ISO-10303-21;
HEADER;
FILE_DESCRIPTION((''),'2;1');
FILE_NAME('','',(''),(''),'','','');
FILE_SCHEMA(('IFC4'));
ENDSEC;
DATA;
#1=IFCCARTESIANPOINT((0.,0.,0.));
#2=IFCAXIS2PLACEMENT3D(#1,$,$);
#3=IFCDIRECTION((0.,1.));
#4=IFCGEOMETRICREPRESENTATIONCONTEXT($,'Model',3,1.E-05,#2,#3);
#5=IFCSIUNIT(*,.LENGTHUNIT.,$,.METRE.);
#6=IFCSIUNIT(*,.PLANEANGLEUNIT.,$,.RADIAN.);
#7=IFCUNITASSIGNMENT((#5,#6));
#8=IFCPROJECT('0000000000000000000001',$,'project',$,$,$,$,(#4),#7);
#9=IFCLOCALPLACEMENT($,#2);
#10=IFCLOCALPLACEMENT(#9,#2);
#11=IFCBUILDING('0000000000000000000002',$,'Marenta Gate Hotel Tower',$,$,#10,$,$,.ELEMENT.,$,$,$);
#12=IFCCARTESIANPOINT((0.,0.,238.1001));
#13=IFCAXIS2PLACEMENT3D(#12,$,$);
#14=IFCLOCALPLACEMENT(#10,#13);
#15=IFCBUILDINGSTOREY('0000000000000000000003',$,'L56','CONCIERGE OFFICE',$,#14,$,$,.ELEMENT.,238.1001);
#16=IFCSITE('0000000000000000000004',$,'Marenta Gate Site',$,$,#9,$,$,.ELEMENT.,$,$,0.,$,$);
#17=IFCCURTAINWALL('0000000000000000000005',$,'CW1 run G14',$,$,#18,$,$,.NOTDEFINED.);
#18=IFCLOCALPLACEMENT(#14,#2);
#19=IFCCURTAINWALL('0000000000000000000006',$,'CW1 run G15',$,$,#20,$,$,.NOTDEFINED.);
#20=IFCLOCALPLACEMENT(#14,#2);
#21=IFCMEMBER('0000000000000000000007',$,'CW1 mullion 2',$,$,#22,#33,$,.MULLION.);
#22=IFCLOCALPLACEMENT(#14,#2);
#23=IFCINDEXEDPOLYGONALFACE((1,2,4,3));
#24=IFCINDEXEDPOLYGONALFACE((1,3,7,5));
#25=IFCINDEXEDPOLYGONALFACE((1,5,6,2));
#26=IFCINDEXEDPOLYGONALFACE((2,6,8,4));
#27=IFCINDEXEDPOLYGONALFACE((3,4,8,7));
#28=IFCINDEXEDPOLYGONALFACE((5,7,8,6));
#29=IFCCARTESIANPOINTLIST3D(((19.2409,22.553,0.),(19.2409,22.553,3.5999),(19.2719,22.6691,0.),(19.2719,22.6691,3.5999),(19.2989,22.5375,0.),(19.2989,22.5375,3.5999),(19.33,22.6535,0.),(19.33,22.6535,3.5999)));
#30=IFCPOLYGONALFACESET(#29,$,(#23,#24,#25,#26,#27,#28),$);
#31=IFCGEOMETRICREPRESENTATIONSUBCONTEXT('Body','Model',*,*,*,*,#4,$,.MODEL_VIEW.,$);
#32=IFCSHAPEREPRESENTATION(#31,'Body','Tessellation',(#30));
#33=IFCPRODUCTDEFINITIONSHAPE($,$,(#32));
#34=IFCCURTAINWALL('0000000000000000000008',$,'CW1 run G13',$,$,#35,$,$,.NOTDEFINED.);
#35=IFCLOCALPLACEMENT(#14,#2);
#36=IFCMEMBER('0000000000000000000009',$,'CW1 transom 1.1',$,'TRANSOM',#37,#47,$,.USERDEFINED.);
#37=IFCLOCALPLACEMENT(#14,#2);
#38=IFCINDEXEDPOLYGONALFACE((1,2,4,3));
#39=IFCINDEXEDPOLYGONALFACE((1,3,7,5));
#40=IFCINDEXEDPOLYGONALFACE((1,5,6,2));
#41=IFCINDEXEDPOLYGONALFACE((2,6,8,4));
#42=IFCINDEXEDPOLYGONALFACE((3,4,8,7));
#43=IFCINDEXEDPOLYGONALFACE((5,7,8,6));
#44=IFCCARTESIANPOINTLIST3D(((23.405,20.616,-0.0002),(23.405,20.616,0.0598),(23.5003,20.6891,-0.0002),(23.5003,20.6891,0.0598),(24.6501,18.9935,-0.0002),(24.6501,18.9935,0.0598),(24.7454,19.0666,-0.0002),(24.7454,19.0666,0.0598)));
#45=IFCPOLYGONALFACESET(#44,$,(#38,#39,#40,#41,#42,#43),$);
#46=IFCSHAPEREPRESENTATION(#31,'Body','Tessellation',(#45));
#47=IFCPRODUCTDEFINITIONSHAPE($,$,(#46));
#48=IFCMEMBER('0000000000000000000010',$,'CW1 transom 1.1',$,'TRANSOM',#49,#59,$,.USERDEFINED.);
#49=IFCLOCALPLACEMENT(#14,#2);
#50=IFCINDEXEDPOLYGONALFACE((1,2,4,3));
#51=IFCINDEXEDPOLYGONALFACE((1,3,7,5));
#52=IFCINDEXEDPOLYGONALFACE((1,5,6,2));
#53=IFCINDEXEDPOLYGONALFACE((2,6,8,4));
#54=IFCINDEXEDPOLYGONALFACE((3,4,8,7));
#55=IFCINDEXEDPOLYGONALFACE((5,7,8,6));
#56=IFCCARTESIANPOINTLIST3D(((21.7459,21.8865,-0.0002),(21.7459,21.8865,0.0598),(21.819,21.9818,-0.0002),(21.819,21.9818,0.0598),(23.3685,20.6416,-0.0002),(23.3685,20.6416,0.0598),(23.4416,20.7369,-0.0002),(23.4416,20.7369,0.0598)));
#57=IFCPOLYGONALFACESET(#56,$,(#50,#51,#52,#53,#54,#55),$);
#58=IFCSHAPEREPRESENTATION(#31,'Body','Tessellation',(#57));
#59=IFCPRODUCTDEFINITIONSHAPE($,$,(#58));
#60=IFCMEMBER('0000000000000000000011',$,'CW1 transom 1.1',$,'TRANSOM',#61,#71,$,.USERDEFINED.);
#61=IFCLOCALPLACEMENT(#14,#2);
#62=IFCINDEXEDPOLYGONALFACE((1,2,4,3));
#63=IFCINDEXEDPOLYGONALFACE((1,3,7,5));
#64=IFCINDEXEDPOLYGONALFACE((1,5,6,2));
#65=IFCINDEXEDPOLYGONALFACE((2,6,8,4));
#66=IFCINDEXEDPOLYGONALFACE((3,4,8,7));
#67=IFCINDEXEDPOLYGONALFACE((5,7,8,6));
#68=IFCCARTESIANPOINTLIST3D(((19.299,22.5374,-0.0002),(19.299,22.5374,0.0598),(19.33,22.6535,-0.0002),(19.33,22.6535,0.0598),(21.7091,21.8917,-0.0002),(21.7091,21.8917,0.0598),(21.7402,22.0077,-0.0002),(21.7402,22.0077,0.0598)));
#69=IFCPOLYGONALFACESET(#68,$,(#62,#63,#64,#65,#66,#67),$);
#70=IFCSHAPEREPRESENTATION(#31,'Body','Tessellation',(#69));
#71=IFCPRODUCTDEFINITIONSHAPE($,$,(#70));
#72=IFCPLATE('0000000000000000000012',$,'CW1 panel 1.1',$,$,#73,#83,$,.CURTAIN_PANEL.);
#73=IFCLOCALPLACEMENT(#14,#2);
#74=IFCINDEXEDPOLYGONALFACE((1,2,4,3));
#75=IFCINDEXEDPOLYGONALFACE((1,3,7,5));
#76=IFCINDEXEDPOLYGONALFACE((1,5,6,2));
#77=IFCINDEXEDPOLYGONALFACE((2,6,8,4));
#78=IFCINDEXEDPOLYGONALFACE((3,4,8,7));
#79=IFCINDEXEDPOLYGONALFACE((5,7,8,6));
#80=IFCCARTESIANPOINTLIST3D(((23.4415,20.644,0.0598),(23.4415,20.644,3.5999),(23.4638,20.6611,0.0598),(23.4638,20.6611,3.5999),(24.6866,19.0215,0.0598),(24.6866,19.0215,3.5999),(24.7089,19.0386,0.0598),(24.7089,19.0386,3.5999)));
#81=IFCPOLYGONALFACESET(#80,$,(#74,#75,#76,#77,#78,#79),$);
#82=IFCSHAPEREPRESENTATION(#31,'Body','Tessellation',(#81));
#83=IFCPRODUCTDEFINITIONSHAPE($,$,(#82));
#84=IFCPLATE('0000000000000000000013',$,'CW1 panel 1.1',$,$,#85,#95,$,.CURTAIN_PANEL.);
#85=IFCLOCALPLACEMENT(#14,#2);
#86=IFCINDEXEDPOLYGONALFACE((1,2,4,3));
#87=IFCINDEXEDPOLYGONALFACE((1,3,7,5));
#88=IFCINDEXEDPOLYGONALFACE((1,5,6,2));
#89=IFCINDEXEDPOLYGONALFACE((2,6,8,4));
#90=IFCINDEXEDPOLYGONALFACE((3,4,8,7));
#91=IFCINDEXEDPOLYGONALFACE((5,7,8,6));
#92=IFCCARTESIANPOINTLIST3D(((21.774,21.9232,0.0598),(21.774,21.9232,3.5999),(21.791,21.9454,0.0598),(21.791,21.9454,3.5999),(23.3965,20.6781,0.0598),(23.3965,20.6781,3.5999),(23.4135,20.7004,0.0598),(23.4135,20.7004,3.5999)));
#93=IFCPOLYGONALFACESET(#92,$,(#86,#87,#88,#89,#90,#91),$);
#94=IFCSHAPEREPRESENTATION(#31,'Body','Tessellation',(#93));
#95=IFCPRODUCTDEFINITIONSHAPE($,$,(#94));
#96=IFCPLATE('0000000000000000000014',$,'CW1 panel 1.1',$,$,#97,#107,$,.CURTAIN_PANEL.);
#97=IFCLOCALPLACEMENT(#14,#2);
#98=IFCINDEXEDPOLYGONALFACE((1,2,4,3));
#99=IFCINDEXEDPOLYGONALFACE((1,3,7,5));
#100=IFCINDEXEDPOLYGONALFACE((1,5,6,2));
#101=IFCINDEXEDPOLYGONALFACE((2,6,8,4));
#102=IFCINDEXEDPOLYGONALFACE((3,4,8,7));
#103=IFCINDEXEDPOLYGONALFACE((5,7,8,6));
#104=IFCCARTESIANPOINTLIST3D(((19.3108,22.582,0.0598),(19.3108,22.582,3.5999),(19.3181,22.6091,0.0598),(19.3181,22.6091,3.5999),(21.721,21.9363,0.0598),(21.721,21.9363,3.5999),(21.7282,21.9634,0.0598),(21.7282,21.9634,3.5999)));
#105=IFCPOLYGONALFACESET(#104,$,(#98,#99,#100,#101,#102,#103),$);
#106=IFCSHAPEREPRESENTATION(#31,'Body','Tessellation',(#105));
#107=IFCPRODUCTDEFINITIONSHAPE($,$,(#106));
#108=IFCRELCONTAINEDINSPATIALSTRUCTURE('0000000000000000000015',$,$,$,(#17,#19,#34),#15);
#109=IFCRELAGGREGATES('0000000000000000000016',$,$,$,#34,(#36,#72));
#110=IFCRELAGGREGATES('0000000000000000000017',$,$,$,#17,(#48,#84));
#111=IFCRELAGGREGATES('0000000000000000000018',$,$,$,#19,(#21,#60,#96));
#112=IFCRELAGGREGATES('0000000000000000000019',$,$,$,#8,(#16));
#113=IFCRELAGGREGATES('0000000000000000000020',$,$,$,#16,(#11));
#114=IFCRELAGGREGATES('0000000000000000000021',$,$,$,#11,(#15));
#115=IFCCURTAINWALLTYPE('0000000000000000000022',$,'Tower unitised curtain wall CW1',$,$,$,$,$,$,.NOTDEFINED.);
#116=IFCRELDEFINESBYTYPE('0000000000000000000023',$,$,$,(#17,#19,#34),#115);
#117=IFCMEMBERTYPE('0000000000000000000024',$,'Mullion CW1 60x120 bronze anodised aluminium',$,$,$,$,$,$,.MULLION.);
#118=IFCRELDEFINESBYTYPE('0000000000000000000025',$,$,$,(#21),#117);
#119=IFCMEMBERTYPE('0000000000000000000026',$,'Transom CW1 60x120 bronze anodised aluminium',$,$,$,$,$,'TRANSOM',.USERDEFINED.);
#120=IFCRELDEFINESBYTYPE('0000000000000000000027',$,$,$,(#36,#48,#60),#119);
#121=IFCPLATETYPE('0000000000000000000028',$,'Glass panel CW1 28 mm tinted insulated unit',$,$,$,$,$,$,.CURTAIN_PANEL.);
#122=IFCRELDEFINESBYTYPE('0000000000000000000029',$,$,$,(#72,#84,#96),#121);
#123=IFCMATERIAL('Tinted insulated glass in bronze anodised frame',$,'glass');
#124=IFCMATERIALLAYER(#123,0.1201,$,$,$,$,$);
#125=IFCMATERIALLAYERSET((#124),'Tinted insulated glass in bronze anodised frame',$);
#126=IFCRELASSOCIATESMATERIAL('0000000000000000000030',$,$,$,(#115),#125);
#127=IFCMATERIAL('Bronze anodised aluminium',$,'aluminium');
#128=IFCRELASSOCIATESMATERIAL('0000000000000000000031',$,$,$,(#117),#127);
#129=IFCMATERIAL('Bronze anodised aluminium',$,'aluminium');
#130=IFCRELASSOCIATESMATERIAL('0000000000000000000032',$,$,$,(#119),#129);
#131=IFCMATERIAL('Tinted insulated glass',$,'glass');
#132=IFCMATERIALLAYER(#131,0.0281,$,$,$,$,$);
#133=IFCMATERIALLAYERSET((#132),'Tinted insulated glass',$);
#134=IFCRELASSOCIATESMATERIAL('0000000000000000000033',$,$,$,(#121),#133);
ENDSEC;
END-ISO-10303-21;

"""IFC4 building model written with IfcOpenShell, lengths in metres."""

from ifc_helpers import new_model, si_unit, direction, frame, origin, origin_2d, place, context, subcontext, project, spatial, rectangle, extrude, material, layer, layer_set, material_profile, profile_set, type_object, element, aggregate, save


model = new_model("IFC4")

# Units and contexts
model_context = context("Model", 3, precision=1e-05, world=origin(), true_north=direction((0.0, 1.0)))
body_context = subcontext(model_context, "Body", "Model", "MODEL_VIEW")
ifc_project = project(units=[si_unit("LENGTHUNIT", "METRE"), si_unit("PLANEANGLEUNIT", "RADIAN")], contexts=[model_context])

# Site, building, storey
site_placement = place(None, origin())
site = spatial("IfcSite", under=ifc_project, at=site_placement, Name="Marenta Gate Site", CompositionType="ELEMENT", RefElevation=0.0)
building_placement = place(site_placement, origin())
building = spatial("IfcBuilding", under=site, at=building_placement, Name="Marenta Gate Hotel Tower", CompositionType="ELEMENT")
storey_placement = place(building_placement, frame((0.0, 0.0, 238.1001)))
storey = spatial("IfcBuildingStorey", under=building, at=storey_placement, Name="L56", Description="CONCIERGE OFFICE", CompositionType="ELEMENT", Elevation=238.1001)

# Curtain wall
ifc_material_1 = material(Name="Tinted insulated glass in bronze anodised frame", Category="glass")
ifc_layer_1 = layer(ifc_material_1, 0.1201)
ifc_layer_set_1 = layer_set([ifc_layer_1], Name="Tinted insulated glass in bronze anodised frame")
curtain_wall_type = type_object("IfcCurtainWallType", Name="Tower unitised curtain wall CW1", PredefinedType="NOTDEFINED", material=ifc_layer_set_1)
curtain_wall_1_placement = place(storey_placement, origin())
curtain_wall_1 = element("IfcCurtainWall", 1, at=curtain_wall_1_placement, inside=storey, type_object=curtain_wall_type, Name="CW1 run G14", PredefinedType="NOTDEFINED")
ifc_material_2 = material(Name="Bronze anodised aluminium", Category="aluminium")
ifc_material_profile_1 = material_profile(ifc_material_2, rectangle(XDim=0.1201, YDim=0.0601, at=origin_2d()), Name="Mullion CW1 60x120 bronze anodised aluminium")
ifc_profile_set_1 = profile_set([ifc_material_profile_1], Name="Bronze anodised aluminium")
member_type_1 = type_object("IfcMemberType", Name="Mullion CW1 60x120 bronze anodised aluminium", PredefinedType="MULLION", material=ifc_profile_set_1)

# Curtain wall, member
curtain_wall_2_placement = place(storey_placement, origin())
curtain_wall_2 = element("IfcCurtainWall", 2, at=curtain_wall_2_placement, inside=storey, type_object=curtain_wall_type, Name="CW1 run G15", PredefinedType="NOTDEFINED")
member_1_placement = place(storey_placement, frame((19.2854, 22.6033, 0.0), z_axis=(0.0, 0.0, 1.0), x_axis=(-0.258805, -0.96593, 0.0)))
member_1 = element("IfcMember", 3, at=member_1_placement, type_object=member_type_1, Name="CW1 mullion 2", PredefinedType="MULLION", context=body_context, shape_type="SweptSolid", body=[
    extrude(rectangle(XDim=0.1201, YDim=0.0601, at=origin_2d()), origin(), (0.0, 0.0, 1.0), 3.5999),
])

# Curtain wall, member
curtain_wall_3_placement = place(storey_placement, origin())
curtain_wall_3 = element("IfcCurtainWall", 4, at=curtain_wall_3_placement, inside=storey, type_object=curtain_wall_type, Name="CW1 run G13", PredefinedType="NOTDEFINED")
ifc_material_3 = material(Name="Bronze anodised aluminium", Category="aluminium")
ifc_material_profile_2 = material_profile(ifc_material_3, rectangle(XDim=0.1201, YDim=0.0601, at=origin_2d()), Name="Transom CW1 60x120 bronze anodised aluminium")
ifc_profile_set_2 = profile_set([ifc_material_profile_2], Name="Bronze anodised aluminium")
member_type_2 = type_object("IfcMemberType", Name="Transom CW1 60x120 bronze anodised aluminium", ElementType="TRANSOM", PredefinedType="USERDEFINED", material=ifc_profile_set_2)
member_2_placement = place(storey_placement, frame((24.6978, 19.03, 0.0298), z_axis=(-0.608787, 0.793333, 0.0), x_axis=(-0.793333, -0.608787, 0.0)))
member_2 = element("IfcMember", 5, at=member_2_placement, type_object=member_type_2, Name="CW1 transom 1.1", ObjectType="TRANSOM", PredefinedType="USERDEFINED", context=body_context, shape_type="SweptSolid", body=[
    extrude(rectangle(XDim=0.1201, YDim=0.0601, at=origin_2d()), origin(), (0.0, 0.0, 1.0), 2.0452),
])

# Members
member_3_placement = place(storey_placement, frame((23.405, 20.6892, 0.0298), z_axis=(-0.793391, 0.608712, 0.0), x_axis=(-0.608712, -0.793391, 0.0)))
member_3 = element("IfcMember", 6, at=member_3_placement, type_object=member_type_2, Name="CW1 transom 1.1", ObjectType="TRANSOM", PredefinedType="USERDEFINED", context=body_context, shape_type="SweptSolid", body=[
    extrude(rectangle(XDim=0.1201, YDim=0.0601, at=origin_2d()), origin(), (0.0, 0.0, 1.0), 2.0452),
])
member_4_placement = place(storey_placement, frame((21.7246, 21.9497, 0.0298), z_axis=(-0.965931, 0.258801, 0.0), x_axis=(-0.258801, -0.965931, 0.0)))
member_4 = element("IfcMember", 7, at=member_4_placement, type_object=member_type_2, Name="CW1 transom 1.1", ObjectType="TRANSOM", PredefinedType="USERDEFINED", context=body_context, shape_type="SweptSolid", body=[
    extrude(rectangle(XDim=0.1201, YDim=0.0601, at=origin_2d()), origin(), (0.0, 0.0, 1.0), 2.4951),
])

# Plates
ifc_material_4 = material(Name="Tinted insulated glass", Category="glass")
ifc_layer_2 = layer(ifc_material_4, 0.0281)
ifc_layer_set_2 = layer_set([ifc_layer_2], Name="Tinted insulated glass")
plate_type = type_object("IfcPlateType", Name="Glass panel CW1 28 mm tinted insulated unit", PredefinedType="CURTAIN_PANEL", material=ifc_layer_set_2)
plate_1_placement = place(storey_placement, frame((24.0752, 19.8413, 0.0598), z_axis=(0.0, 0.0, 1.0), x_axis=(-0.608787, 0.793333, 0.0)))
plate_1 = element("IfcPlate", 8, at=plate_1_placement, type_object=plate_type, Name="CW1 panel 1.1", PredefinedType="CURTAIN_PANEL", context=body_context, shape_type="SweptSolid", body=[
    extrude(rectangle(XDim=2.0452, YDim=0.0281, at=origin_2d()), origin(), (0.0, 0.0, 1.0), 3.54),
])
aggregate(curtain_wall_3, [member_2, plate_1])
plate_2_placement = place(storey_placement, frame((22.5938, 21.3118, 0.0598), z_axis=(0.0, 0.0, 1.0), x_axis=(-0.793333, 0.608787, 0.0)))
plate_2 = element("IfcPlate", 9, at=plate_2_placement, type_object=plate_type, Name="CW1 panel 1.1", PredefinedType="CURTAIN_PANEL", context=body_context, shape_type="SweptSolid", body=[
    extrude(rectangle(XDim=2.0452, YDim=0.0281, at=origin_2d()), origin(), (0.0, 0.0, 1.0), 3.54),
])
aggregate(curtain_wall_1, [member_3, plate_2])
plate_3_placement = place(storey_placement, frame((20.5195, 22.2727, 0.0598), z_axis=(0.0, 0.0, 1.0), x_axis=(-0.96593, 0.258805, 0.0)))
plate_3 = element("IfcPlate", 10, at=plate_3_placement, type_object=plate_type, Name="CW1 panel 1.1", PredefinedType="CURTAIN_PANEL", context=body_context, shape_type="SweptSolid", body=[
    extrude(rectangle(XDim=2.4951, YDim=0.0281, at=origin_2d()), origin(), (0.0, 0.0, 1.0), 3.54),
])
aggregate(curtain_wall_2, [member_1, member_4, plate_3])

save(model, "model.ifc")
